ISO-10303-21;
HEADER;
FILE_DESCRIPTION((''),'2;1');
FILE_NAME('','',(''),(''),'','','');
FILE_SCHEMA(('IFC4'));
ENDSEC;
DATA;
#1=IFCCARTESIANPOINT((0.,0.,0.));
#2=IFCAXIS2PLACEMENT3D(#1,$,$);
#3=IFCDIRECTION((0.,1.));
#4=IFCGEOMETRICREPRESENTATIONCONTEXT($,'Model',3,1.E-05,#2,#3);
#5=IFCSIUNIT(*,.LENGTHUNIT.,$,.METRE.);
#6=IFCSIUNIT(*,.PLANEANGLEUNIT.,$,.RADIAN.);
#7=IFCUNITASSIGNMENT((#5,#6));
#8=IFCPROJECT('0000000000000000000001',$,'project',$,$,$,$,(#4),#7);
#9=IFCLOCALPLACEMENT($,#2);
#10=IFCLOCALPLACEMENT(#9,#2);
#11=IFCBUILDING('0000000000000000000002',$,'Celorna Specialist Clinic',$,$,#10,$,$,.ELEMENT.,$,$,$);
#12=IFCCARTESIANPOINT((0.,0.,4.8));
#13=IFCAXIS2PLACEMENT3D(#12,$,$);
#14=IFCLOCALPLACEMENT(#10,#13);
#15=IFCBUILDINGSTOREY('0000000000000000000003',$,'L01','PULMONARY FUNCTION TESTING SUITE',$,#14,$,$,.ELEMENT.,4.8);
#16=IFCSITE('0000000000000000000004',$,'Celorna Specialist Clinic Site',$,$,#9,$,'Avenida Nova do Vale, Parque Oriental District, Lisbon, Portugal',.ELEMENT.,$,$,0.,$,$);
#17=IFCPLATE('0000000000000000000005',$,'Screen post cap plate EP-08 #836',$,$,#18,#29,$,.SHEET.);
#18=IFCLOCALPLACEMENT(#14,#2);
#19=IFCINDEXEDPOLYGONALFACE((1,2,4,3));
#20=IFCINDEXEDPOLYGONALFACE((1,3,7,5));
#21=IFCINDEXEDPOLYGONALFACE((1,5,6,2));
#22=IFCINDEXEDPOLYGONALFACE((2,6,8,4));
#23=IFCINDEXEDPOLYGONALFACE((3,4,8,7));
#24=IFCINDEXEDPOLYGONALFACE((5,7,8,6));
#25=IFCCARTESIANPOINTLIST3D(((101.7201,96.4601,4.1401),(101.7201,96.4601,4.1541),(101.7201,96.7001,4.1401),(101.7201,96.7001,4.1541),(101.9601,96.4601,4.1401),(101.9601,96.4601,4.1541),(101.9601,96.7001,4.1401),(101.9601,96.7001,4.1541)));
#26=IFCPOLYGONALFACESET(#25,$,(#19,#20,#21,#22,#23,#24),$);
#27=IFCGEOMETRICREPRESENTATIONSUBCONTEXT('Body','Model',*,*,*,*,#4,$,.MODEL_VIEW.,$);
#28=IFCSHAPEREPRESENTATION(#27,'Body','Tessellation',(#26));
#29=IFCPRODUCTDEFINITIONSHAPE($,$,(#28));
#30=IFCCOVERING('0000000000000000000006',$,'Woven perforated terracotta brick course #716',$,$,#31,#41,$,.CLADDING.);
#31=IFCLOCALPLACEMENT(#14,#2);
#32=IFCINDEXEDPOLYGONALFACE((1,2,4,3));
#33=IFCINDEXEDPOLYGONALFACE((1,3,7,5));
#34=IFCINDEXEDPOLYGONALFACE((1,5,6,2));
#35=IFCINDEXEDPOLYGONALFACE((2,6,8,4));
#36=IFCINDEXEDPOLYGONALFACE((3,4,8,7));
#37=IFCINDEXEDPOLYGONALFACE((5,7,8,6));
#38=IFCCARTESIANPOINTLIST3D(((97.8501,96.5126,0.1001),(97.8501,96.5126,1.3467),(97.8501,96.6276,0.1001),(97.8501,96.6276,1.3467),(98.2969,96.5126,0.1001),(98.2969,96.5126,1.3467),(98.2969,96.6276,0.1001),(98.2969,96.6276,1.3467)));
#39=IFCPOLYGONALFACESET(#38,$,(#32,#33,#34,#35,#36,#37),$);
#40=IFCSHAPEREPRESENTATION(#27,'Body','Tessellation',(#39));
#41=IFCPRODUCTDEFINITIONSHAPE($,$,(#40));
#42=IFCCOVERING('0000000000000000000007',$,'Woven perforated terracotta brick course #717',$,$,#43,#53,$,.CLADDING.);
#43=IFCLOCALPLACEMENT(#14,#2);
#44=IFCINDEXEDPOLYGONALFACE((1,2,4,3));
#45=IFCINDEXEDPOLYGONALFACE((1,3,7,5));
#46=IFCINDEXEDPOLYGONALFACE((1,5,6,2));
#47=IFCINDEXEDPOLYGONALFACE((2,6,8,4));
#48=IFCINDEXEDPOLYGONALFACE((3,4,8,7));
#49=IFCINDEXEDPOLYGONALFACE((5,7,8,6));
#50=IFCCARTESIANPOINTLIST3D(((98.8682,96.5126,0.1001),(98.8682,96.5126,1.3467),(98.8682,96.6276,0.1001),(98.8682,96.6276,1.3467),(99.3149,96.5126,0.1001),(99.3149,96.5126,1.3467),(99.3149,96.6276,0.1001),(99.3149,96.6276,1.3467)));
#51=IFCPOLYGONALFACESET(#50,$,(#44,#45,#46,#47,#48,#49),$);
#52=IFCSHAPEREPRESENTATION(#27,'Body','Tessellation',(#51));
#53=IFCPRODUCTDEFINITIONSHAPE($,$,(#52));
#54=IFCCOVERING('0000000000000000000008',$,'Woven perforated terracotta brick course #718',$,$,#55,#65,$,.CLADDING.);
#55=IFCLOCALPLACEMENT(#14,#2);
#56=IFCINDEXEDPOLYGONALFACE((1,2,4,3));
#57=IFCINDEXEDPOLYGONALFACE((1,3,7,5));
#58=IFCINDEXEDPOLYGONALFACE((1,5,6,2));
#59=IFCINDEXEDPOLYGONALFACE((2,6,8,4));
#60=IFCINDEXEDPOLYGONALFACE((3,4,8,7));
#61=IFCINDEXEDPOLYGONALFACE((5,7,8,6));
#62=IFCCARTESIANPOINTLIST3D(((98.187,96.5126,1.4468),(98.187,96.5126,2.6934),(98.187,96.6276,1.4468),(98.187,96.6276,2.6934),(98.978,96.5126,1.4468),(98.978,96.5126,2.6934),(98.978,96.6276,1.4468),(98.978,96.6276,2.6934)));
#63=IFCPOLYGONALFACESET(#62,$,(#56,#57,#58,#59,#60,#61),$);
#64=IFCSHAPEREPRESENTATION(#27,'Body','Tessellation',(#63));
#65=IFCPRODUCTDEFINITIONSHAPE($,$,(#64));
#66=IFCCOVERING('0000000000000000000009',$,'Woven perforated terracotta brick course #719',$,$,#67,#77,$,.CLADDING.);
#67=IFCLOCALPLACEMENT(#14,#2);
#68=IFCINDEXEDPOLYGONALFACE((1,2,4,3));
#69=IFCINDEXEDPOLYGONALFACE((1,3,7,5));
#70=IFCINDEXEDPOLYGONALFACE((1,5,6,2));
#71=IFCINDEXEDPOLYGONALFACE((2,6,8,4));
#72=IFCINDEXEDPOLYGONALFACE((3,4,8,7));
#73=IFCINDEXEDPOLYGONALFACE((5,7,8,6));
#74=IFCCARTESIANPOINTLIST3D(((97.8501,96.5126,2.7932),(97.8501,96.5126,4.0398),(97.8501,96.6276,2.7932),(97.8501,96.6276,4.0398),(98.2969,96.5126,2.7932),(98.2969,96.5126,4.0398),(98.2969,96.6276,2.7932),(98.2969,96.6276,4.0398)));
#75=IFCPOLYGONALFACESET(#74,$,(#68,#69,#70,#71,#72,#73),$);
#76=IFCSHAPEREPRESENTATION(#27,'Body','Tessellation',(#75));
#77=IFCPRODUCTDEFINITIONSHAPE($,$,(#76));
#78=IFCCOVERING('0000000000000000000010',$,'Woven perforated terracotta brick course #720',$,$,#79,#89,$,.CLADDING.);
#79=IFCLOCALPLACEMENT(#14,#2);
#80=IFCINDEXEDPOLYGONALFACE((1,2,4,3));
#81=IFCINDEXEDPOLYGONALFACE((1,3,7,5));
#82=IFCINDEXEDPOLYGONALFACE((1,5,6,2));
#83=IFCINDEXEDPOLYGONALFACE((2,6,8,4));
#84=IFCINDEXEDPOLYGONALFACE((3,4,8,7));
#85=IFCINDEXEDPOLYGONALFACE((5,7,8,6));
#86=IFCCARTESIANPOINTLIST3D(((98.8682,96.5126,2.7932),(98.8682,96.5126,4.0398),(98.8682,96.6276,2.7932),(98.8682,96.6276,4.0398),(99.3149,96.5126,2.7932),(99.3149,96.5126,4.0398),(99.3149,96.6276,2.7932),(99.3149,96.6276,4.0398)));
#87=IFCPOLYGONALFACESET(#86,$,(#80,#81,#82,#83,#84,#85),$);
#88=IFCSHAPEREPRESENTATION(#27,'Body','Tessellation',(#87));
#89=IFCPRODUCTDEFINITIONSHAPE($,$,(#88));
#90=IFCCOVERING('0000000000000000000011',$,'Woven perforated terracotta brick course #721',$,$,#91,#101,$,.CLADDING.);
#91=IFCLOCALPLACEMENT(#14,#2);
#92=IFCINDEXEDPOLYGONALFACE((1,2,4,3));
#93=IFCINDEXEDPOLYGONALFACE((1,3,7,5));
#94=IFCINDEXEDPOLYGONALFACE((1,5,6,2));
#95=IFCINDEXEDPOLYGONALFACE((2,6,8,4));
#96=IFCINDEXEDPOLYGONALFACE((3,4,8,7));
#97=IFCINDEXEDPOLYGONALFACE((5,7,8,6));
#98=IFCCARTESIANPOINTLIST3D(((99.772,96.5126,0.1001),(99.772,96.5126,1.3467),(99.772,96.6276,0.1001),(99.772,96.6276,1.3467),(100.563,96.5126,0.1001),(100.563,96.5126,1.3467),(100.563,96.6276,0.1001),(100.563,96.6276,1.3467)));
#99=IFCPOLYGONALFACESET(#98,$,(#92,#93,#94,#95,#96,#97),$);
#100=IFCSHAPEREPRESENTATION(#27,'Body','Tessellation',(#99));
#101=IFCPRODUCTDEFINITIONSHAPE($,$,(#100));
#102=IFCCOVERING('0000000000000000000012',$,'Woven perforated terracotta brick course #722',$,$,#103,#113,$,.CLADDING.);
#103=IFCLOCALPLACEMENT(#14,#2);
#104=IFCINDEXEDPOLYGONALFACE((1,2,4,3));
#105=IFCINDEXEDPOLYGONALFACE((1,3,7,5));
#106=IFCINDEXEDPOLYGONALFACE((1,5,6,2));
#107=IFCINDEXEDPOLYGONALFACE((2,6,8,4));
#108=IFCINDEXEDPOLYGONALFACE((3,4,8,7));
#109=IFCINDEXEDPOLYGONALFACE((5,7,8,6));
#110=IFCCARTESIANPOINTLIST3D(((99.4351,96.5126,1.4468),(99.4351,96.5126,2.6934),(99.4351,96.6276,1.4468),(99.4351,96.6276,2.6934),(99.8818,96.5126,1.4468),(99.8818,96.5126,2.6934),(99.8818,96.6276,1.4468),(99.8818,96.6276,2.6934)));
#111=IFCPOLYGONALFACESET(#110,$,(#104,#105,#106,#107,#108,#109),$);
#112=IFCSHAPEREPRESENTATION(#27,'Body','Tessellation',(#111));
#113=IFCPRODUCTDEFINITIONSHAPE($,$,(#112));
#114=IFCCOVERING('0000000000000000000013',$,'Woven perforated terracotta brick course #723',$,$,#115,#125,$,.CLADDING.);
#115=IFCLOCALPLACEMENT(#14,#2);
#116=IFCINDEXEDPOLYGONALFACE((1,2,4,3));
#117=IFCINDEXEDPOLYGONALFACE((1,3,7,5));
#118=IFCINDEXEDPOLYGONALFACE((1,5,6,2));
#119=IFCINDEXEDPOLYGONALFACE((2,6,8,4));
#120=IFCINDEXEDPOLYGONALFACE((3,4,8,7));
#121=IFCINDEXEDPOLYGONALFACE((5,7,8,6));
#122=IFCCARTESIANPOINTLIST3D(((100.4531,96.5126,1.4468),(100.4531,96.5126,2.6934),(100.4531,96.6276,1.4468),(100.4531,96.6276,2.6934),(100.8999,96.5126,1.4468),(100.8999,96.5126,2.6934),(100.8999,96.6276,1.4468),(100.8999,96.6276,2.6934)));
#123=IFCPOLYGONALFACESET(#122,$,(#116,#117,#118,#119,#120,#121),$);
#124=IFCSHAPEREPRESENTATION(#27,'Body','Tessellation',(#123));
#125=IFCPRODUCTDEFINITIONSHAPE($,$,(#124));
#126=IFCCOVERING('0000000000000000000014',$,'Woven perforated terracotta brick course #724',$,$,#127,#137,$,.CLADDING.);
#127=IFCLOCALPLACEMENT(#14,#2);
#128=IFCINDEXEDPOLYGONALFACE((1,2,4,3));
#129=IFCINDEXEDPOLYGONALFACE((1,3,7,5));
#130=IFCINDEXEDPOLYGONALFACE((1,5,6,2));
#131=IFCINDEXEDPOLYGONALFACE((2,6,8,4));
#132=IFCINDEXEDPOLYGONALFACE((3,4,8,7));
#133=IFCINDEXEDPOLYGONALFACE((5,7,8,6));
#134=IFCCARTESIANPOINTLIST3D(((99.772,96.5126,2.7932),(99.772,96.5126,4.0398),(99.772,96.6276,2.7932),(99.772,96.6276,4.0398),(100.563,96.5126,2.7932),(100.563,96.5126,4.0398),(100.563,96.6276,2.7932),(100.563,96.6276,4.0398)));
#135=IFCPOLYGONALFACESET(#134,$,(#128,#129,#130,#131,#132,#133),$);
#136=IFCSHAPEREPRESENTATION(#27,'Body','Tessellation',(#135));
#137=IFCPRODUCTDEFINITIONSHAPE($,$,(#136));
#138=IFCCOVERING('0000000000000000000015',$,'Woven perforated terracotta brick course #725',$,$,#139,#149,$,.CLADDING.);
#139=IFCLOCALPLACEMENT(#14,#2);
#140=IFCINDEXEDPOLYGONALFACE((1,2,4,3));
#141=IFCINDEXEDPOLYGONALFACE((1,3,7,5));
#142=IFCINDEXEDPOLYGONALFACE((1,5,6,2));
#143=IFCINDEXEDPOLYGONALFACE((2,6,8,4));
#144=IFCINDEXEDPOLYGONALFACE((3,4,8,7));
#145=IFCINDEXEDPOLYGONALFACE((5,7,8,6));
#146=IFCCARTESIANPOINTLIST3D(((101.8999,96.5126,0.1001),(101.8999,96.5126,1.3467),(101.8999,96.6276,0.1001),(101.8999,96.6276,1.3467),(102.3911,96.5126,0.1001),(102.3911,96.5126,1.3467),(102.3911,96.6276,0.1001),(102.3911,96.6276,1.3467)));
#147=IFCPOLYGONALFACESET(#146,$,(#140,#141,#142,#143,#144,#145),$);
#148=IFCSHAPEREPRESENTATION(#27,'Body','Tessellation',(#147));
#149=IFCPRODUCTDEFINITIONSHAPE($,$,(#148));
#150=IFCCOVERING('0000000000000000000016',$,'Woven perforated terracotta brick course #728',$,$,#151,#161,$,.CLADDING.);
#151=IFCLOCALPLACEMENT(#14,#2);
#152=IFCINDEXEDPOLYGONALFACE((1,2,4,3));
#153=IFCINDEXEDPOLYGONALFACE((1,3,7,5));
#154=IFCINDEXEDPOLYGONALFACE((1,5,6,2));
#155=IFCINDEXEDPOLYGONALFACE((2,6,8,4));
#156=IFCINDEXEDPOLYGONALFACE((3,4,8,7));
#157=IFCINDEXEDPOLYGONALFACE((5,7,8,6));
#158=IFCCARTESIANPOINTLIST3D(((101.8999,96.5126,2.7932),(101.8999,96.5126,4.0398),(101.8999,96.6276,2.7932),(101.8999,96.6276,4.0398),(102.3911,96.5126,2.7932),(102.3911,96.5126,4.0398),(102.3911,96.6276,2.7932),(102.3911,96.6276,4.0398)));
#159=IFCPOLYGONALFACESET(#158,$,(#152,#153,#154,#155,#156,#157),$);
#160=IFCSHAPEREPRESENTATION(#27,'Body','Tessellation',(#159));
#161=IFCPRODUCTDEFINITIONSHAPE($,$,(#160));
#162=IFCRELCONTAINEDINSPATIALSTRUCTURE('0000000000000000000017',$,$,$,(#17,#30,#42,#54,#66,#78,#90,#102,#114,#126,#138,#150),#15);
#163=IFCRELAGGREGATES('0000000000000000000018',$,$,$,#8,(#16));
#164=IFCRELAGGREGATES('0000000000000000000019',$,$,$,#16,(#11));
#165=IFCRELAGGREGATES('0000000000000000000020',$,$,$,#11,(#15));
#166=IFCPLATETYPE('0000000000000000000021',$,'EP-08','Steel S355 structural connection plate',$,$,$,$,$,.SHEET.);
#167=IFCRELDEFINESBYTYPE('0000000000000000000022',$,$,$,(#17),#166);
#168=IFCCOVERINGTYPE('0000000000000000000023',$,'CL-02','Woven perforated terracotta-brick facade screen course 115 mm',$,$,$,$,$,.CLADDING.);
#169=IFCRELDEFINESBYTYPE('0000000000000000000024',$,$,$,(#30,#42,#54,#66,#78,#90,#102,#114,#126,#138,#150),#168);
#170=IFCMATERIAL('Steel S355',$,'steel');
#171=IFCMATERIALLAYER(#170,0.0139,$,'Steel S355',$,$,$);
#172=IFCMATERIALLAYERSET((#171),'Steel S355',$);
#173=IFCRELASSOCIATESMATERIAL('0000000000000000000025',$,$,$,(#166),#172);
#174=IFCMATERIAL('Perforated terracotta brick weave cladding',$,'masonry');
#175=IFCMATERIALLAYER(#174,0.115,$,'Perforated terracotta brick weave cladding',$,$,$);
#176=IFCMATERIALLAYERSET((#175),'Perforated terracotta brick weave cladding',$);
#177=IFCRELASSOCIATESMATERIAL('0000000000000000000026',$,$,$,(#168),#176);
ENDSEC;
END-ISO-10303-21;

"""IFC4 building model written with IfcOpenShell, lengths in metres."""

from ifc_helpers import new_model, si_unit, direction, frame, origin, origin_2d, place, context, subcontext, project, spatial, rectangle, extrude, material, layer, layer_set, type_object, element, save


model = new_model("IFC4")

# Units and contexts
model_context = context("Model", 3, precision=1e-05, world=origin(), true_north=direction((0.0, 1.0)))
body_context = subcontext(model_context, "Body", "Model", "MODEL_VIEW")
ifc_project = project(units=[si_unit("LENGTHUNIT", "METRE"), si_unit("PLANEANGLEUNIT", "RADIAN")], contexts=[model_context])

# Site, building, storey
site_placement = place(None, origin())
site = spatial("IfcSite", under=ifc_project, at=site_placement, Name="Celorna Specialist Clinic Site", LongName="Avenida Nova do Vale, Parque Oriental District, Lisbon, Portugal", CompositionType="ELEMENT", RefElevation=0.0)
building_placement = place(site_placement, origin())
building = spatial("IfcBuilding", under=site, at=building_placement, Name="Celorna Specialist Clinic", CompositionType="ELEMENT")
storey_placement = place(building_placement, frame((0.0, 0.0, 4.8)))
storey = spatial("IfcBuildingStorey", under=building, at=storey_placement, Name="L01", Description="PULMONARY FUNCTION TESTING SUITE", CompositionType="ELEMENT", Elevation=4.8)

# Shared definitions
ifc_material_1 = material(Name="Steel S355", Category="steel")

# Plate
ifc_layer_1 = layer(ifc_material_1, 0.0139, Name="Steel S355")
ifc_layer_set_1 = layer_set([ifc_layer_1], Name="Steel S355")
plate_type_1 = type_object("IfcPlateType", Name="EP-08", Description="Steel S355 structural connection plate", PredefinedType="SHEET", material=ifc_layer_set_1)
for number, where, z_axis, x_axis, name in (
    (1, (101.8401, 96.5801, 4.1401), (0.0, 0.0, 1.0), (1.0, 0.0, 0.0), "Screen post cap plate EP-08 #836"),
):
    element("IfcPlate", number, at=place(storey_placement, frame(where, z_axis=z_axis, x_axis=x_axis)), inside=storey, type_object=plate_type_1, Name=name, PredefinedType="SHEET", context=body_context, shape_type="SweptSolid", body=[
        extrude(rectangle(XDim=0.24, YDim=0.24, at=origin_2d()), origin(), (0.0, 0.0, 1.0), 0.0139),
    ])

# Coverings
ifc_material_2 = material(Name="Perforated terracotta brick weave cladding", Category="masonry")
ifc_layer_2 = layer(ifc_material_2, 0.115, Name="Perforated terracotta brick weave cladding")
ifc_layer_set_2 = layer_set([ifc_layer_2], Name="Perforated terracotta brick weave cladding")
covering_type = type_object("IfcCoveringType", Name="CL-02", Description="Woven perforated terracotta-brick facade screen course 115 mm", PredefinedType="CLADDING", material=ifc_layer_set_2)
for number, where, z_axis, x_axis, name in (
    (2, (98.0735, 96.5701, 0.1001), (0.0, 0.0, 1.0), (1.0, 0.0, 0.0), "Woven perforated terracotta brick course #716"),
    (3, (99.0916, 96.5701, 0.1001), (0.0, 0.0, 1.0), (1.0, 0.0, 0.0), "Woven perforated terracotta brick course #717"),
):
    element("IfcCovering", number, at=place(storey_placement, frame(where, z_axis=z_axis, x_axis=x_axis)), inside=storey, type_object=covering_type, Name=name, PredefinedType="CLADDING", context=body_context, shape_type="SweptSolid", body=[
        extrude(rectangle(XDim=0.4468, YDim=0.115, at=origin_2d()), origin(), (0.0, 0.0, 1.0), 1.2466),
    ])
covering_1_placement = place(storey_placement, frame((98.5825, 96.5701, 1.4468), z_axis=(0.0, 0.0, 1.0), x_axis=(1.0, 0.0, 0.0)))
element("IfcCovering", 4, at=covering_1_placement, inside=storey, type_object=covering_type, Name="Woven perforated terracotta brick course #718", PredefinedType="CLADDING", context=body_context, shape_type="SweptSolid", body=[
    extrude(rectangle(XDim=0.791, YDim=0.115, at=origin_2d()), origin(), (0.0, 0.0, 1.0), 1.2466),
])
for number, where, z_axis, x_axis, name in (
    (5, (98.0735, 96.5701, 2.7932), (0.0, 0.0, 1.0), (1.0, 0.0, 0.0), "Woven perforated terracotta brick course #719"),
    (6, (99.0916, 96.5701, 2.7932), (0.0, 0.0, 1.0), (1.0, 0.0, 0.0), "Woven perforated terracotta brick course #720"),
):
    element("IfcCovering", number, at=place(storey_placement, frame(where, z_axis=z_axis, x_axis=x_axis)), inside=storey, type_object=covering_type, Name=name, PredefinedType="CLADDING", context=body_context, shape_type="SweptSolid", body=[
        extrude(rectangle(XDim=0.4468, YDim=0.115, at=origin_2d()), origin(), (0.0, 0.0, 1.0), 1.2466),
    ])
covering_2_placement = place(storey_placement, frame((100.1675, 96.5701, 0.1001), z_axis=(0.0, 0.0, 1.0), x_axis=(1.0, 0.0, 0.0)))
element("IfcCovering", 7, at=covering_2_placement, inside=storey, type_object=covering_type, Name="Woven perforated terracotta brick course #721", PredefinedType="CLADDING", context=body_context, shape_type="SweptSolid", body=[
    extrude(rectangle(XDim=0.791, YDim=0.115, at=origin_2d()), origin(), (0.0, 0.0, 1.0), 1.2466),
])
for number, where, z_axis, x_axis, name in (
    (8, (99.6584, 96.5701, 1.4468), (0.0, 0.0, 1.0), (1.0, 0.0, 0.0), "Woven perforated terracotta brick course #722"),
    (9, (100.6765, 96.5701, 1.4468), (0.0, 0.0, 1.0), (1.0, 0.0, 0.0), "Woven perforated terracotta brick course #723"),
):
    element("IfcCovering", number, at=place(storey_placement, frame(where, z_axis=z_axis, x_axis=x_axis)), inside=storey, type_object=covering_type, Name=name, PredefinedType="CLADDING", context=body_context, shape_type="SweptSolid", body=[
        extrude(rectangle(XDim=0.4468, YDim=0.115, at=origin_2d()), origin(), (0.0, 0.0, 1.0), 1.2466),
    ])
covering_3_placement = place(storey_placement, frame((100.1675, 96.5701, 2.7932), z_axis=(0.0, 0.0, 1.0), x_axis=(1.0, 0.0, 0.0)))
element("IfcCovering", 10, at=covering_3_placement, inside=storey, type_object=covering_type, Name="Woven perforated terracotta brick course #724", PredefinedType="CLADDING", context=body_context, shape_type="SweptSolid", body=[
    extrude(rectangle(XDim=0.791, YDim=0.115, at=origin_2d()), origin(), (0.0, 0.0, 1.0), 1.2466),
])
for number, where, z_axis, x_axis, name in (
    (11, (102.1455, 96.5701, 0.1001), (0.0, 0.0, 1.0), (1.0, 0.0, 0.0), "Woven perforated terracotta brick course #725"),
    (12, (102.1455, 96.5701, 2.7932), (0.0, 0.0, 1.0), (1.0, 0.0, 0.0), "Woven perforated terracotta brick course #728"),
):
    element("IfcCovering", number, at=place(storey_placement, frame(where, z_axis=z_axis, x_axis=x_axis)), inside=storey, type_object=covering_type, Name=name, PredefinedType="CLADDING", context=body_context, shape_type="SweptSolid", body=[
        extrude(rectangle(XDim=0.4912, YDim=0.115, at=origin_2d()), origin(), (0.0, 0.0, 1.0), 1.2466),
    ])

save(model, "model.ifc")
